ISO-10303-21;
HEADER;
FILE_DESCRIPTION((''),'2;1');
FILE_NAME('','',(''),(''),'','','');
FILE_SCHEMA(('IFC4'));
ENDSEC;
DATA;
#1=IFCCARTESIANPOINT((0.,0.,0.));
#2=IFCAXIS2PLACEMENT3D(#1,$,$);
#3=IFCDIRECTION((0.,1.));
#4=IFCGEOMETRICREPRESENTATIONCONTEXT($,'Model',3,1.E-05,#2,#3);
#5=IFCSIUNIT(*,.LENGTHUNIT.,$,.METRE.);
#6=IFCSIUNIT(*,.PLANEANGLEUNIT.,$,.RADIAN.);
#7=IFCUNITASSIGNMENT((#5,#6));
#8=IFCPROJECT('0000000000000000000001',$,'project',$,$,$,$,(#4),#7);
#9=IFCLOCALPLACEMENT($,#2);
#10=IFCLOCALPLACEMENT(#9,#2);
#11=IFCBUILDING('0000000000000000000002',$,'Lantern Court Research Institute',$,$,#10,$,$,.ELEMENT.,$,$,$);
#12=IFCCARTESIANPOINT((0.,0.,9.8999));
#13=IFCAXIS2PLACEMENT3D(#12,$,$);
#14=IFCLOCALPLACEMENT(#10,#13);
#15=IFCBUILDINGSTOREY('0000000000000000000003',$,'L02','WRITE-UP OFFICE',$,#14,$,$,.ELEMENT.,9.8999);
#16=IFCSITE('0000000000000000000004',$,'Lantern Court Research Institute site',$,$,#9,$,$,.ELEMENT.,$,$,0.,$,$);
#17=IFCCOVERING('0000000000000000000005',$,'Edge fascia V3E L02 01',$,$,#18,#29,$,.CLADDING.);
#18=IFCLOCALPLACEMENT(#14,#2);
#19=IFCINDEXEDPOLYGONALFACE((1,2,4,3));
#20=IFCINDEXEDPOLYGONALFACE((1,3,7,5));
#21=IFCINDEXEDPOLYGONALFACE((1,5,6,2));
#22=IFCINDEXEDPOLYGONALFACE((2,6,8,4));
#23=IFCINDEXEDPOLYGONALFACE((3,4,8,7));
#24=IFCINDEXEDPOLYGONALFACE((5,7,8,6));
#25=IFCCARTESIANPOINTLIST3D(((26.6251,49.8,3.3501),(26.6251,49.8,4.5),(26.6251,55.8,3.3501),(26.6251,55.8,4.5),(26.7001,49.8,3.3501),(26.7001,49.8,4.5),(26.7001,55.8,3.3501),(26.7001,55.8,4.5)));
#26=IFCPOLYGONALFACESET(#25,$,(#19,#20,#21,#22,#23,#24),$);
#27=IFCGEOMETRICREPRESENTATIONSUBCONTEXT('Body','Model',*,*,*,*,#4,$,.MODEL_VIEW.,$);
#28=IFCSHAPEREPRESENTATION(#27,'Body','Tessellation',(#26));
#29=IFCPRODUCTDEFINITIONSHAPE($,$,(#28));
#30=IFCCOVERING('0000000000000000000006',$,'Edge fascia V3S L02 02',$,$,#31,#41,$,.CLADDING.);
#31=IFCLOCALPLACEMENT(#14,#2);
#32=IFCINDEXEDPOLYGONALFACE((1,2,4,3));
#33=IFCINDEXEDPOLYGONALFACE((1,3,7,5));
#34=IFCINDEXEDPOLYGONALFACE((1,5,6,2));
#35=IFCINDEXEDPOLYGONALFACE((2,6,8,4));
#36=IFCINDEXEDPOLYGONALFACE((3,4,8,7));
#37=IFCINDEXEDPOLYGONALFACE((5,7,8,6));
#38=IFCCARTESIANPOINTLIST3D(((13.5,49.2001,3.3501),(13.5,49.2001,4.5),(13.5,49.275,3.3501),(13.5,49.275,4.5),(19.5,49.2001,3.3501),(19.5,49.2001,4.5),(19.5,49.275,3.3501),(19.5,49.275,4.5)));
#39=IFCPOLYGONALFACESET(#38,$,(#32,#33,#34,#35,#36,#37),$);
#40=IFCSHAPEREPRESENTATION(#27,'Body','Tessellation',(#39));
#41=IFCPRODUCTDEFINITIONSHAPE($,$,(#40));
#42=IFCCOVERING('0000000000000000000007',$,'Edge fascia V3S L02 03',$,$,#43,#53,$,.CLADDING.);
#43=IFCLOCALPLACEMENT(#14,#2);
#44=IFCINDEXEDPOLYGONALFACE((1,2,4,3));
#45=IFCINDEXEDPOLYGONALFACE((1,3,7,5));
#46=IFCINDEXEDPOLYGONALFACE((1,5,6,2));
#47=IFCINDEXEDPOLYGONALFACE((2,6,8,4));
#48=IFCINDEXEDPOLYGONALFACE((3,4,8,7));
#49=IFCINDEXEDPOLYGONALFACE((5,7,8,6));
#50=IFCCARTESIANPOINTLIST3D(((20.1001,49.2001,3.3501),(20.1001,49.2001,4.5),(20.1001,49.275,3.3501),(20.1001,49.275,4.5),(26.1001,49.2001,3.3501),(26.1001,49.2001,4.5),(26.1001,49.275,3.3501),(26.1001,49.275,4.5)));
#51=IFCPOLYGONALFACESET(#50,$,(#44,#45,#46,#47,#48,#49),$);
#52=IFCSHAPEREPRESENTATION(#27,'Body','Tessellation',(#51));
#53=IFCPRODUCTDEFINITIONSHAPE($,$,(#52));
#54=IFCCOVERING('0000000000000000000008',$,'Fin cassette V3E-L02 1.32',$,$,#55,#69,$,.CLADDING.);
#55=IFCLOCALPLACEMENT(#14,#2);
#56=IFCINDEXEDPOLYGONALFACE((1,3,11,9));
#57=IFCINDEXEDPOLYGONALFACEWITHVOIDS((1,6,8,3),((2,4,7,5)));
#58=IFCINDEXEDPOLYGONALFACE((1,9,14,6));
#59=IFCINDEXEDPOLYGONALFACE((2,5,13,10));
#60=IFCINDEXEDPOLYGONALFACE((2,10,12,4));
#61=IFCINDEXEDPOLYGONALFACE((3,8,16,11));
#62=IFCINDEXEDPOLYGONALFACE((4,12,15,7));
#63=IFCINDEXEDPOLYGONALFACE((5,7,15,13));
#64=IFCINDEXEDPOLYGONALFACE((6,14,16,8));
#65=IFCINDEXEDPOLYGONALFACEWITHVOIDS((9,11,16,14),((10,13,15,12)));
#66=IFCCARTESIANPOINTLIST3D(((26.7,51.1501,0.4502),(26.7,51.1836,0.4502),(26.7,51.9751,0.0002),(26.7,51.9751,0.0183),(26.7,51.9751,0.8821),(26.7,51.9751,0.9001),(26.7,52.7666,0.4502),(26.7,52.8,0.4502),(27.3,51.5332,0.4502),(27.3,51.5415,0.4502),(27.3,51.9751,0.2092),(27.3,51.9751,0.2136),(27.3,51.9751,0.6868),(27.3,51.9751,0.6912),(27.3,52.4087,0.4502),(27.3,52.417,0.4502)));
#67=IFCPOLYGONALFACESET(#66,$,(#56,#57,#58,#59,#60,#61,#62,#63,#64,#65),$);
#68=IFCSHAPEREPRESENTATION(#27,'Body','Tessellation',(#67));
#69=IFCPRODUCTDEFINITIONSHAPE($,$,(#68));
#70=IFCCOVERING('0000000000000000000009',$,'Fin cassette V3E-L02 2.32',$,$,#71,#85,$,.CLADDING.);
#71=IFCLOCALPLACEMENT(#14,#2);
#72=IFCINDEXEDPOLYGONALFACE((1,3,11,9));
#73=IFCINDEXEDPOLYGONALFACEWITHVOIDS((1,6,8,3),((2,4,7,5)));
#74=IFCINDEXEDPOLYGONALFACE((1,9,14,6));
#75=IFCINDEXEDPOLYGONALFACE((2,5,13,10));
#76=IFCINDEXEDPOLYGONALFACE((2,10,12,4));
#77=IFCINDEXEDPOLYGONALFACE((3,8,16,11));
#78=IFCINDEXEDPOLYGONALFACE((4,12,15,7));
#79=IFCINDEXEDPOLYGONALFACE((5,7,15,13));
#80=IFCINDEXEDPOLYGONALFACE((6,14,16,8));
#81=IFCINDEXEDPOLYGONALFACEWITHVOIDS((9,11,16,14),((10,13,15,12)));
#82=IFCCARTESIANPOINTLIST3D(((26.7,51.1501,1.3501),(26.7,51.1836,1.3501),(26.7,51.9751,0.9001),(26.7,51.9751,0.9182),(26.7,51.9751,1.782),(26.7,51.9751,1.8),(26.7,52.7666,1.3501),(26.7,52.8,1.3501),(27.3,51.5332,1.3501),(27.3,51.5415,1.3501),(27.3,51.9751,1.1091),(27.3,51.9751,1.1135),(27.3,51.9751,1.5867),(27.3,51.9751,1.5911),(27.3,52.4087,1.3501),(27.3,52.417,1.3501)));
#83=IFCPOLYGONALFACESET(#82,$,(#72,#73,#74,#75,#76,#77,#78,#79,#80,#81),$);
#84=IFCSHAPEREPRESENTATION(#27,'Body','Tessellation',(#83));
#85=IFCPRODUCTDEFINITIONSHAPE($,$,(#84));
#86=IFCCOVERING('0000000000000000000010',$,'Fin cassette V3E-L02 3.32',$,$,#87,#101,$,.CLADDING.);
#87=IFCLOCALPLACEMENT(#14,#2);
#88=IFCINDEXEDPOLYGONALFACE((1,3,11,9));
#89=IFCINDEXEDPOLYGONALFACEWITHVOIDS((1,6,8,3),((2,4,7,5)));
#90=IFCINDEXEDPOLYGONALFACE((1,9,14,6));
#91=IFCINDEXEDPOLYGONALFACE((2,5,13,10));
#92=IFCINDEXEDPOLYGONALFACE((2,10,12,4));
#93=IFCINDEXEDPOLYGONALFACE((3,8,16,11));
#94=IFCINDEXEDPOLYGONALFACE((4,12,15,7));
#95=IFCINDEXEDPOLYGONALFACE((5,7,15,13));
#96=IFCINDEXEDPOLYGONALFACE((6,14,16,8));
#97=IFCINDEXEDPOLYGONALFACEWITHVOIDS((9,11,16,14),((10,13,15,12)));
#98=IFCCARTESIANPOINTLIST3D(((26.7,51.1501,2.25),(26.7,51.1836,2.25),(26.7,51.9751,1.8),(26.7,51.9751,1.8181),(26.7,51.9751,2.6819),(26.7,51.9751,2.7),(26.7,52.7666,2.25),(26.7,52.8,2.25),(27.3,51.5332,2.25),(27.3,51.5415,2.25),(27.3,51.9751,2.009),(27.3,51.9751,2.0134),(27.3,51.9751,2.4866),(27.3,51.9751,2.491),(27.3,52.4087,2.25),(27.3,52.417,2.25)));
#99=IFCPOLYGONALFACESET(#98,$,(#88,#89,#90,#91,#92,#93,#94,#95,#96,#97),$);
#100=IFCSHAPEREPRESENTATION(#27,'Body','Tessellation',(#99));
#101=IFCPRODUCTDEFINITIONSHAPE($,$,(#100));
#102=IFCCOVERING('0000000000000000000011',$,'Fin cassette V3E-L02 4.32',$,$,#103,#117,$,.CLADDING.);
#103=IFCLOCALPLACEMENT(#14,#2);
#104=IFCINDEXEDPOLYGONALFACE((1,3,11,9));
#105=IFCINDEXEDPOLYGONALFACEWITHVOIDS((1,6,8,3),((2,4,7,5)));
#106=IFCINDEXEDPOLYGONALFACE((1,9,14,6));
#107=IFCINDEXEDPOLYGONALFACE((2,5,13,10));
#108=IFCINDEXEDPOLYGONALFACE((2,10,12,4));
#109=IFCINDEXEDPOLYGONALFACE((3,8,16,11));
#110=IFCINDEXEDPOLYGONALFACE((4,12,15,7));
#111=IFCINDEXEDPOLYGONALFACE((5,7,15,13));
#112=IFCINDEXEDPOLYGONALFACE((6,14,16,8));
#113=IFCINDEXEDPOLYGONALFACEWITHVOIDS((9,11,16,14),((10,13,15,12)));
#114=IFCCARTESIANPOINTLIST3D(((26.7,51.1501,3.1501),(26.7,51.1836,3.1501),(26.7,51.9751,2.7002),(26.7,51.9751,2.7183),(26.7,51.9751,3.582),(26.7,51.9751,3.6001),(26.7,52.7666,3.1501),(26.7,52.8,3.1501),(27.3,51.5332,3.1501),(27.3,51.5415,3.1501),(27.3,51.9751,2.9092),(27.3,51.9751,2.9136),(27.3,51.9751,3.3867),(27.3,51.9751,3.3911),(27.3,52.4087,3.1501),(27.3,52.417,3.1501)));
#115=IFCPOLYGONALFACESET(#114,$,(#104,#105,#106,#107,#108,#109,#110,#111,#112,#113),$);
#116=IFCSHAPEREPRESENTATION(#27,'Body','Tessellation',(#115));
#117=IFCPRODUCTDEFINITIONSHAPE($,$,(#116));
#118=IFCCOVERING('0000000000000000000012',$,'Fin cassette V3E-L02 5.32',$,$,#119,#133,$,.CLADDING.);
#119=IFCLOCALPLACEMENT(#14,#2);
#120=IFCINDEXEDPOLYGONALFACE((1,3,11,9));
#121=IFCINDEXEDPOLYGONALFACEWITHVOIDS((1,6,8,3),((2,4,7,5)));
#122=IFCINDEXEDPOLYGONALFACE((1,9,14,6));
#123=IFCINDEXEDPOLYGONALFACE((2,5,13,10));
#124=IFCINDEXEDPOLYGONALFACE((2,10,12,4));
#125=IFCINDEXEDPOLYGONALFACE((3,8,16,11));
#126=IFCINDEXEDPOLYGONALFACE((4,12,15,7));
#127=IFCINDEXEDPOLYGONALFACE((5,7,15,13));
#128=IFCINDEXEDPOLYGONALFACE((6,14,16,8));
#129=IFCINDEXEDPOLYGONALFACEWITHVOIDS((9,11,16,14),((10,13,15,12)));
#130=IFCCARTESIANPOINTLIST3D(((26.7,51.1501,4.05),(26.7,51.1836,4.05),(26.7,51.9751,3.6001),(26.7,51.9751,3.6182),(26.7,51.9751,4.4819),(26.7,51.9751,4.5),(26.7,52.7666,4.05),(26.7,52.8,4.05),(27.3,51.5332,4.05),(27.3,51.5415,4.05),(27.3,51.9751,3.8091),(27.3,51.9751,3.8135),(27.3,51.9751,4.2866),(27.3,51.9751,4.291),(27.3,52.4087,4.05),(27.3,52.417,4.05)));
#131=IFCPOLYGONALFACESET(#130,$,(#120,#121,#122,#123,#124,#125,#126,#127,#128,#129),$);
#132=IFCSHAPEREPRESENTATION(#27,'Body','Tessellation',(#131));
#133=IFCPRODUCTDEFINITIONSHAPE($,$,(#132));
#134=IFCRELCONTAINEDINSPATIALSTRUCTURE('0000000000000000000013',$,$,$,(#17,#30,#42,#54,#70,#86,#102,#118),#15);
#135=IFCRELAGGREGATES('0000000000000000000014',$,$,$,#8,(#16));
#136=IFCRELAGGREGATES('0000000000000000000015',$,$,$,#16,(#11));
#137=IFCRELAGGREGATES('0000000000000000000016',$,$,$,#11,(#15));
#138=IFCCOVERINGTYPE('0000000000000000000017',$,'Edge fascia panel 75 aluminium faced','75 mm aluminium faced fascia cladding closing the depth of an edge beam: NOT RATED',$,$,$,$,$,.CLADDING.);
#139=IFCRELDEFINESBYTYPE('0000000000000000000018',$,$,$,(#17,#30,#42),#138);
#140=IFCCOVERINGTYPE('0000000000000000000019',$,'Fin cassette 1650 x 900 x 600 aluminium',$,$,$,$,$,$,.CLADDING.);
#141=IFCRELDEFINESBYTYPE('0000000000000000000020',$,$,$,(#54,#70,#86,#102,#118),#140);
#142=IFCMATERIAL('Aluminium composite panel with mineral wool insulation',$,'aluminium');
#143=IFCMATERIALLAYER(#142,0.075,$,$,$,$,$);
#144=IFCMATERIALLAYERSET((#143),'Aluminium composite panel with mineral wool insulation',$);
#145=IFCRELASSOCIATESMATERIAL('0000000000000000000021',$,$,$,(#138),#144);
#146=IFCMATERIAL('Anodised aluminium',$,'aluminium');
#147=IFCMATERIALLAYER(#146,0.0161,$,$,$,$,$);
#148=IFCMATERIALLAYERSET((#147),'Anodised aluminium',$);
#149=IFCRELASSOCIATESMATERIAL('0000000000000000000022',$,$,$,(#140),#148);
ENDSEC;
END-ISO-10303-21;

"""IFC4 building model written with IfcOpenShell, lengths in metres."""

from ifc_helpers import new_model, entity, si_unit, direction, frame, frame_2d, origin, place, context, subcontext, project, spatial, rectangle, extrude, material, layer, layer_set, type_object, element, save


model = new_model("IFC4")

# Units and contexts
model_context = context("Model", 3, precision=1e-05, world=origin(), true_north=direction((0.0, 1.0)))
body_context = subcontext(model_context, "Body", "Model", "MODEL_VIEW")
ifc_project = project(units=[si_unit("LENGTHUNIT", "METRE"), si_unit("PLANEANGLEUNIT", "RADIAN")], contexts=[model_context])

# Site, building, storey
site_placement = place(None, origin())
site = spatial("IfcSite", under=ifc_project, at=site_placement, Name="Lantern Court Research Institute site", CompositionType="ELEMENT", RefElevation=0.0)
building_placement = place(site_placement, origin())
building = spatial("IfcBuilding", under=site, at=building_placement, Name="Lantern Court Research Institute", CompositionType="ELEMENT")
storey_placement = place(building_placement, frame((0.0, 0.0, 9.8999)))
storey = spatial("IfcBuildingStorey", under=building, at=storey_placement, Name="L02", Description="WRITE-UP OFFICE", CompositionType="ELEMENT", Elevation=9.8999)

# Coverings
ifc_material_1 = material(Name="Aluminium composite panel with mineral wool insulation", Category="aluminium")
ifc_layer_1 = layer(ifc_material_1, 0.075)
ifc_layer_set_1 = layer_set([ifc_layer_1], Name="Aluminium composite panel with mineral wool insulation")
covering_type_1 = type_object("IfcCoveringType", Name="Edge fascia panel 75 aluminium faced", Description="75 mm aluminium faced fascia cladding closing the depth of an edge beam: NOT RATED", PredefinedType="CLADDING", material=ifc_layer_set_1)
for number, where, z_axis, x_axis, name in (
    (1, (26.6626, 55.8, 3.3501), (0.0, 0.0, 1.0), (0.0, -1.0, 0.0), "Edge fascia V3E L02 01"),
    (2, (19.5, 49.2375, 3.3501), (0.0, 0.0, 1.0), (-1.0, 0.0, 0.0), "Edge fascia V3S L02 02"),
    (3, (26.1001, 49.2375, 3.3501), (0.0, 0.0, 1.0), (-1.0, 0.0, 0.0), "Edge fascia V3S L02 03"),
):
    element("IfcCovering", number, at=place(storey_placement, frame(where, z_axis=z_axis, x_axis=x_axis)), inside=storey, type_object=covering_type_1, Name=name, PredefinedType="CLADDING", context=body_context, shape_type="SweptSolid", body=[
        extrude(rectangle(XDim=6.0, YDim=0.075, at=frame_2d((3.0, 0.0))), origin(), (0.0, 0.0, 1.0), 1.1499),
    ])
ifc_material_2 = material(Name="Anodised aluminium", Category="aluminium")
ifc_layer_2 = layer(ifc_material_2, 0.0161)
ifc_layer_set_2 = layer_set([ifc_layer_2], Name="Anodised aluminium")
covering_type_2 = type_object("IfcCoveringType", Name="Fin cassette 1650 x 900 x 600 aluminium", PredefinedType="CLADDING", material=ifc_layer_set_2)
covering_1_placement = place(storey_placement, frame((26.7, 51.9751, 0.4502), z_axis=(1.0, 0.0, 0.0), x_axis=(0.0, 1.0, 0.0)))
cartesian_point_1 = entity("IfcCartesianPoint", [0.825, 0.0])
cartesian_point_2 = entity("IfcCartesianPoint", [0.7915, 0.0])
cartesian_point_3 = entity("IfcCartesianPoint", [0.4419, 0.0])
cartesian_point_4 = entity("IfcCartesianPoint", [0.4336, 0.0])
element("IfcCovering", 4, at=covering_1_placement, inside=storey, type_object=covering_type_2, Name="Fin cassette V3E-L02 1.32", PredefinedType="CLADDING", context=body_context, shape_type="SweptSolid", body=[
    entity("IfcExtrudedAreaSolidTapered", entity("IfcArbitraryProfileDefWithVoids", "AREA", None, entity("IfcPolyline", [cartesian_point_1, entity("IfcCartesianPoint", [0.0, 0.45]), entity("IfcCartesianPoint", [-0.825, 0.0]), entity("IfcCartesianPoint", [0.0, -0.45]), cartesian_point_1]), [entity("IfcPolyline", [cartesian_point_2, entity("IfcCartesianPoint", [0.0, 0.4319]), entity("IfcCartesianPoint", [-0.7915, 0.0]), entity("IfcCartesianPoint", [0.0, -0.4319]), cartesian_point_2])]), entity("IfcAxis2Placement3D", entity("IfcCartesianPoint", [0.0, 0.0, 0.0])), entity("IfcDirection", [0.0, 0.0, 1.0]), 0.6001, entity("IfcArbitraryProfileDefWithVoids", "AREA", None, entity("IfcPolyline", [cartesian_point_3, entity("IfcCartesianPoint", [0.0, 0.241]), entity("IfcCartesianPoint", [-0.4419, 0.0]), entity("IfcCartesianPoint", [0.0, -0.241]), cartesian_point_3]), [entity("IfcPolyline", [cartesian_point_4, entity("IfcCartesianPoint", [0.0, 0.2366]), entity("IfcCartesianPoint", [-0.4336, 0.0]), entity("IfcCartesianPoint", [0.0, -0.2366]), cartesian_point_4])])),
])
covering_2_placement = place(storey_placement, frame((26.7, 51.9751, 1.3501), z_axis=(1.0, 0.0, 0.0), x_axis=(0.0, 1.0, 0.0)))
cartesian_point_5 = entity("IfcCartesianPoint", [0.825, 0.0])
cartesian_point_6 = entity("IfcCartesianPoint", [0.7915, 0.0])
cartesian_point_7 = entity("IfcCartesianPoint", [0.4419, 0.0])
cartesian_point_8 = entity("IfcCartesianPoint", [0.4336, 0.0])
element("IfcCovering", 5, at=covering_2_placement, inside=storey, type_object=covering_type_2, Name="Fin cassette V3E-L02 2.32", PredefinedType="CLADDING", context=body_context, shape_type="SweptSolid", body=[
    entity("IfcExtrudedAreaSolidTapered", entity("IfcArbitraryProfileDefWithVoids", "AREA", None, entity("IfcPolyline", [cartesian_point_5, entity("IfcCartesianPoint", [0.0, 0.45]), entity("IfcCartesianPoint", [-0.825, 0.0]), entity("IfcCartesianPoint", [0.0, -0.45]), cartesian_point_5]), [entity("IfcPolyline", [cartesian_point_6, entity("IfcCartesianPoint", [0.0, 0.4319]), entity("IfcCartesianPoint", [-0.7915, 0.0]), entity("IfcCartesianPoint", [0.0, -0.4319]), cartesian_point_6])]), entity("IfcAxis2Placement3D", entity("IfcCartesianPoint", [0.0, 0.0, 0.0])), entity("IfcDirection", [0.0, 0.0, 1.0]), 0.6001, entity("IfcArbitraryProfileDefWithVoids", "AREA", None, entity("IfcPolyline", [cartesian_point_7, entity("IfcCartesianPoint", [0.0, 0.241]), entity("IfcCartesianPoint", [-0.4419, 0.0]), entity("IfcCartesianPoint", [0.0, -0.241]), cartesian_point_7]), [entity("IfcPolyline", [cartesian_point_8, entity("IfcCartesianPoint", [0.0, 0.2366]), entity("IfcCartesianPoint", [-0.4336, 0.0]), entity("IfcCartesianPoint", [0.0, -0.2366]), cartesian_point_8])])),
])
covering_3_placement = place(storey_placement, frame((26.7, 51.9751, 2.25), z_axis=(1.0, 0.0, 0.0), x_axis=(0.0, 1.0, 0.0)))
cartesian_point_9 = entity("IfcCartesianPoint", [0.825, 0.0])
cartesian_point_10 = entity("IfcCartesianPoint", [0.7915, 0.0])
cartesian_point_11 = entity("IfcCartesianPoint", [0.4419, 0.0])
cartesian_point_12 = entity("IfcCartesianPoint", [0.4336, 0.0])
element("IfcCovering", 6, at=covering_3_placement, inside=storey, type_object=covering_type_2, Name="Fin cassette V3E-L02 3.32", PredefinedType="CLADDING", context=body_context, shape_type="SweptSolid", body=[
    entity("IfcExtrudedAreaSolidTapered", entity("IfcArbitraryProfileDefWithVoids", "AREA", None, entity("IfcPolyline", [cartesian_point_9, entity("IfcCartesianPoint", [0.0, 0.45]), entity("IfcCartesianPoint", [-0.825, 0.0]), entity("IfcCartesianPoint", [0.0, -0.45]), cartesian_point_9]), [entity("IfcPolyline", [cartesian_point_10, entity("IfcCartesianPoint", [0.0, 0.4319]), entity("IfcCartesianPoint", [-0.7915, 0.0]), entity("IfcCartesianPoint", [0.0, -0.4319]), cartesian_point_10])]), entity("IfcAxis2Placement3D", entity("IfcCartesianPoint", [0.0, 0.0, 0.0])), entity("IfcDirection", [0.0, 0.0, 1.0]), 0.6001, entity("IfcArbitraryProfileDefWithVoids", "AREA", None, entity("IfcPolyline", [cartesian_point_11, entity("IfcCartesianPoint", [0.0, 0.241]), entity("IfcCartesianPoint", [-0.4419, 0.0]), entity("IfcCartesianPoint", [0.0, -0.241]), cartesian_point_11]), [entity("IfcPolyline", [cartesian_point_12, entity("IfcCartesianPoint", [0.0, 0.2366]), entity("IfcCartesianPoint", [-0.4336, 0.0]), entity("IfcCartesianPoint", [0.0, -0.2366]), cartesian_point_12])])),
])
covering_4_placement = place(storey_placement, frame((26.7, 51.9751, 3.1501), z_axis=(1.0, 0.0, 0.0), x_axis=(0.0, 1.0, 0.0)))
cartesian_point_13 = entity("IfcCartesianPoint", [0.825, 0.0])
cartesian_point_14 = entity("IfcCartesianPoint", [0.7915, 0.0])
cartesian_point_15 = entity("IfcCartesianPoint", [0.4419, 0.0])
cartesian_point_16 = entity("IfcCartesianPoint", [0.4336, 0.0])
element("IfcCovering", 7, at=covering_4_placement, inside=storey, type_object=covering_type_2, Name="Fin cassette V3E-L02 4.32", PredefinedType="CLADDING", context=body_context, shape_type="SweptSolid", body=[
    entity("IfcExtrudedAreaSolidTapered", entity("IfcArbitraryProfileDefWithVoids", "AREA", None, entity("IfcPolyline", [cartesian_point_13, entity("IfcCartesianPoint", [0.0, 0.45]), entity("IfcCartesianPoint", [-0.825, 0.0]), entity("IfcCartesianPoint", [0.0, -0.45]), cartesian_point_13]), [entity("IfcPolyline", [cartesian_point_14, entity("IfcCartesianPoint", [0.0, 0.4319]), entity("IfcCartesianPoint", [-0.7915, 0.0]), entity("IfcCartesianPoint", [0.0, -0.4319]), cartesian_point_14])]), entity("IfcAxis2Placement3D", entity("IfcCartesianPoint", [0.0, 0.0, 0.0])), entity("IfcDirection", [0.0, 0.0, 1.0]), 0.6001, entity("IfcArbitraryProfileDefWithVoids", "AREA", None, entity("IfcPolyline", [cartesian_point_15, entity("IfcCartesianPoint", [0.0, 0.241]), entity("IfcCartesianPoint", [-0.4419, 0.0]), entity("IfcCartesianPoint", [0.0, -0.241]), cartesian_point_15]), [entity("IfcPolyline", [cartesian_point_16, entity("IfcCartesianPoint", [0.0, 0.2366]), entity("IfcCartesianPoint", [-0.4336, 0.0]), entity("IfcCartesianPoint", [0.0, -0.2366]), cartesian_point_16])])),
])
covering_5_placement = place(storey_placement, frame((26.7, 51.9751, 4.05), z_axis=(1.0, 0.0, 0.0), x_axis=(0.0, 1.0, 0.0)))
cartesian_point_17 = entity("IfcCartesianPoint", [0.825, 0.0])
cartesian_point_18 = entity("IfcCartesianPoint", [0.7915, 0.0])
cartesian_point_19 = entity("IfcCartesianPoint", [0.4419, 0.0])
cartesian_point_20 = entity("IfcCartesianPoint", [0.4336, 0.0])
element("IfcCovering", 8, at=covering_5_placement, inside=storey, type_object=covering_type_2, Name="Fin cassette V3E-L02 5.32", PredefinedType="CLADDING", context=body_context, shape_type="SweptSolid", body=[
    entity("IfcExtrudedAreaSolidTapered", entity("IfcArbitraryProfileDefWithVoids", "AREA", None, entity("IfcPolyline", [cartesian_point_17, entity("IfcCartesianPoint", [0.0, 0.45]), entity("IfcCartesianPoint", [-0.825, 0.0]), entity("IfcCartesianPoint", [0.0, -0.45]), cartesian_point_17]), [entity("IfcPolyline", [cartesian_point_18, entity("IfcCartesianPoint", [0.0, 0.4319]), entity("IfcCartesianPoint", [-0.7915, 0.0]), entity("IfcCartesianPoint", [0.0, -0.4319]), cartesian_point_18])]), entity("IfcAxis2Placement3D", entity("IfcCartesianPoint", [0.0, 0.0, 0.0])), entity("IfcDirection", [0.0, 0.0, 1.0]), 0.6001, entity("IfcArbitraryProfileDefWithVoids", "AREA", None, entity("IfcPolyline", [cartesian_point_19, entity("IfcCartesianPoint", [0.0, 0.241]), entity("IfcCartesianPoint", [-0.4419, 0.0]), entity("IfcCartesianPoint", [0.0, -0.241]), cartesian_point_19]), [entity("IfcPolyline", [cartesian_point_20, entity("IfcCartesianPoint", [0.0, 0.2366]), entity("IfcCartesianPoint", [-0.4336, 0.0]), entity("IfcCartesianPoint", [0.0, -0.2366]), cartesian_point_20])])),
])

save(model, "model.ifc")
